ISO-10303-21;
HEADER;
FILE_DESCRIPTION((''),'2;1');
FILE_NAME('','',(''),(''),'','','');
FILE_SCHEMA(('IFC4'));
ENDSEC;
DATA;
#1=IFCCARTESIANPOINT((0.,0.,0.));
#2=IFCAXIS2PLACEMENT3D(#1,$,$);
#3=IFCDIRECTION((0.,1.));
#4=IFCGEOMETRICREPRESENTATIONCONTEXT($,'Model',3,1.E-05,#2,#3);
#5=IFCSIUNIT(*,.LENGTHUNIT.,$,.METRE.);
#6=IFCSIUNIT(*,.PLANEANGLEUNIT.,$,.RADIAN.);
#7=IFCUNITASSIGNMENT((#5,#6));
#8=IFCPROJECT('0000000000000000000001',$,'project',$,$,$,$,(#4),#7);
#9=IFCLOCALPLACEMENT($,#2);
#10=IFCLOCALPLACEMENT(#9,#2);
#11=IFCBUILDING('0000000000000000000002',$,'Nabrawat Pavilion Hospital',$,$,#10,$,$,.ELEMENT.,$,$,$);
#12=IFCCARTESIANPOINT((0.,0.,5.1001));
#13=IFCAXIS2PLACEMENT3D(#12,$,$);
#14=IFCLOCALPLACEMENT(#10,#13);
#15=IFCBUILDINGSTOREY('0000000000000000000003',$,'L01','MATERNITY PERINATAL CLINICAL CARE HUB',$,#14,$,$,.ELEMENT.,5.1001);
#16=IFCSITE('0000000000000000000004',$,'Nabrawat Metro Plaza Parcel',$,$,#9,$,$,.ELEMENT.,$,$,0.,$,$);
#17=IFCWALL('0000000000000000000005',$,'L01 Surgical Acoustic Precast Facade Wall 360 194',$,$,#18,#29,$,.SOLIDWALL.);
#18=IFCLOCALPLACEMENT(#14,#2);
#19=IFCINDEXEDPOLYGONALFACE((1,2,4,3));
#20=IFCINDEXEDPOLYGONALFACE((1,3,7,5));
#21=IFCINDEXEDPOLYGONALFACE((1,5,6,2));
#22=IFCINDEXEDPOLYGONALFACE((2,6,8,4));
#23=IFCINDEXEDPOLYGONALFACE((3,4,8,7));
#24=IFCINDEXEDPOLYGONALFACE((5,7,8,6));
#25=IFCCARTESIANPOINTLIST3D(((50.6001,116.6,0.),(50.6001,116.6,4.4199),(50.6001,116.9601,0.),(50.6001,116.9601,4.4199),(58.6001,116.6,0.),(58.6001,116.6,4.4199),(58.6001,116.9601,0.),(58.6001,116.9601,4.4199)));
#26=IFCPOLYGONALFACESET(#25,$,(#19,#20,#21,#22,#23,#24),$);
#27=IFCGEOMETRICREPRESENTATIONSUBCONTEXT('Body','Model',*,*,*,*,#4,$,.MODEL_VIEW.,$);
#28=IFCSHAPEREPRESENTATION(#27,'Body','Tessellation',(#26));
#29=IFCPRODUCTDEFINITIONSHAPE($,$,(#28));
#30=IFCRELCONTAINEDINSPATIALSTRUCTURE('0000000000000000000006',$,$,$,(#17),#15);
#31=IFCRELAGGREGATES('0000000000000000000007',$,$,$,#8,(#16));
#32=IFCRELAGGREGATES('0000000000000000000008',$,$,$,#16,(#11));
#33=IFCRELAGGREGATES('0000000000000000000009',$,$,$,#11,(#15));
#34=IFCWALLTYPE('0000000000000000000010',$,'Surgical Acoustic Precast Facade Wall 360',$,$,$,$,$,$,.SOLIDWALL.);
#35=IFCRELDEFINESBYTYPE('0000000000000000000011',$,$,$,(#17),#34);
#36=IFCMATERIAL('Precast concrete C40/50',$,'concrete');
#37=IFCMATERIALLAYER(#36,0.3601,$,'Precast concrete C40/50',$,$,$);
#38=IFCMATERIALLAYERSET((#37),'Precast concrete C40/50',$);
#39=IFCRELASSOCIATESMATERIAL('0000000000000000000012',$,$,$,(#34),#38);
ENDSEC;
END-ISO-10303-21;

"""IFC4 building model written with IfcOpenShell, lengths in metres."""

from ifc_helpers import new_model, si_unit, direction, frame, frame_2d, origin, place, context, subcontext, project, spatial, rectangle, extrude, material, layer, layer_set, type_object, element, save


model = new_model("IFC4")

# Units and contexts
model_context = context("Model", 3, precision=1e-05, world=origin(), true_north=direction((0.0, 1.0)))
body_context = subcontext(model_context, "Body", "Model", "MODEL_VIEW")
ifc_project = project(units=[si_unit("LENGTHUNIT", "METRE"), si_unit("PLANEANGLEUNIT", "RADIAN")], contexts=[model_context])

# Site, building, storey
site_placement = place(None, origin())
site = spatial("IfcSite", under=ifc_project, at=site_placement, Name="Nabrawat Metro Plaza Parcel", CompositionType="ELEMENT", RefElevation=0.0)
building_placement = place(site_placement, origin())
building = spatial("IfcBuilding", under=site, at=building_placement, Name="Nabrawat Pavilion Hospital", CompositionType="ELEMENT")
storey_placement = place(building_placement, frame((0.0, 0.0, 5.1001)))
storey = spatial("IfcBuildingStorey", under=building, at=storey_placement, Name="L01", Description="MATERNITY PERINATAL CLINICAL CARE HUB", CompositionType="ELEMENT", Elevation=5.1001)

# Shared definitions
ifc_material_1 = material(Name="Precast concrete C40/50", Category="concrete")
ifc_layer = layer(ifc_material_1, 0.3601, Name="Precast concrete C40/50")
ifc_layer_set = layer_set([ifc_layer], Name="Precast concrete C40/50")
wall_type = type_object("IfcWallType", Name="Surgical Acoustic Precast Facade Wall 360", PredefinedType="SOLIDWALL", material=ifc_layer_set)

# Wall
wall_1_placement = place(storey_placement, frame((50.6001, 116.78, 0.0), z_axis=(0.0, 0.0, 1.0), x_axis=(1.0, 0.0, 0.0)))
element("IfcWall", 1, at=wall_1_placement, inside=storey, type_object=wall_type, Name="L01 Surgical Acoustic Precast Facade Wall 360 194", PredefinedType="SOLIDWALL", context=body_context, shape_type="SweptSolid", body=[
    extrude(rectangle(XDim=8.0, YDim=0.3601, at=frame_2d((4.0, 0.0))), origin(), (0.0, 0.0, 1.0), 4.4199),
])

save(model, "model.ifc")
